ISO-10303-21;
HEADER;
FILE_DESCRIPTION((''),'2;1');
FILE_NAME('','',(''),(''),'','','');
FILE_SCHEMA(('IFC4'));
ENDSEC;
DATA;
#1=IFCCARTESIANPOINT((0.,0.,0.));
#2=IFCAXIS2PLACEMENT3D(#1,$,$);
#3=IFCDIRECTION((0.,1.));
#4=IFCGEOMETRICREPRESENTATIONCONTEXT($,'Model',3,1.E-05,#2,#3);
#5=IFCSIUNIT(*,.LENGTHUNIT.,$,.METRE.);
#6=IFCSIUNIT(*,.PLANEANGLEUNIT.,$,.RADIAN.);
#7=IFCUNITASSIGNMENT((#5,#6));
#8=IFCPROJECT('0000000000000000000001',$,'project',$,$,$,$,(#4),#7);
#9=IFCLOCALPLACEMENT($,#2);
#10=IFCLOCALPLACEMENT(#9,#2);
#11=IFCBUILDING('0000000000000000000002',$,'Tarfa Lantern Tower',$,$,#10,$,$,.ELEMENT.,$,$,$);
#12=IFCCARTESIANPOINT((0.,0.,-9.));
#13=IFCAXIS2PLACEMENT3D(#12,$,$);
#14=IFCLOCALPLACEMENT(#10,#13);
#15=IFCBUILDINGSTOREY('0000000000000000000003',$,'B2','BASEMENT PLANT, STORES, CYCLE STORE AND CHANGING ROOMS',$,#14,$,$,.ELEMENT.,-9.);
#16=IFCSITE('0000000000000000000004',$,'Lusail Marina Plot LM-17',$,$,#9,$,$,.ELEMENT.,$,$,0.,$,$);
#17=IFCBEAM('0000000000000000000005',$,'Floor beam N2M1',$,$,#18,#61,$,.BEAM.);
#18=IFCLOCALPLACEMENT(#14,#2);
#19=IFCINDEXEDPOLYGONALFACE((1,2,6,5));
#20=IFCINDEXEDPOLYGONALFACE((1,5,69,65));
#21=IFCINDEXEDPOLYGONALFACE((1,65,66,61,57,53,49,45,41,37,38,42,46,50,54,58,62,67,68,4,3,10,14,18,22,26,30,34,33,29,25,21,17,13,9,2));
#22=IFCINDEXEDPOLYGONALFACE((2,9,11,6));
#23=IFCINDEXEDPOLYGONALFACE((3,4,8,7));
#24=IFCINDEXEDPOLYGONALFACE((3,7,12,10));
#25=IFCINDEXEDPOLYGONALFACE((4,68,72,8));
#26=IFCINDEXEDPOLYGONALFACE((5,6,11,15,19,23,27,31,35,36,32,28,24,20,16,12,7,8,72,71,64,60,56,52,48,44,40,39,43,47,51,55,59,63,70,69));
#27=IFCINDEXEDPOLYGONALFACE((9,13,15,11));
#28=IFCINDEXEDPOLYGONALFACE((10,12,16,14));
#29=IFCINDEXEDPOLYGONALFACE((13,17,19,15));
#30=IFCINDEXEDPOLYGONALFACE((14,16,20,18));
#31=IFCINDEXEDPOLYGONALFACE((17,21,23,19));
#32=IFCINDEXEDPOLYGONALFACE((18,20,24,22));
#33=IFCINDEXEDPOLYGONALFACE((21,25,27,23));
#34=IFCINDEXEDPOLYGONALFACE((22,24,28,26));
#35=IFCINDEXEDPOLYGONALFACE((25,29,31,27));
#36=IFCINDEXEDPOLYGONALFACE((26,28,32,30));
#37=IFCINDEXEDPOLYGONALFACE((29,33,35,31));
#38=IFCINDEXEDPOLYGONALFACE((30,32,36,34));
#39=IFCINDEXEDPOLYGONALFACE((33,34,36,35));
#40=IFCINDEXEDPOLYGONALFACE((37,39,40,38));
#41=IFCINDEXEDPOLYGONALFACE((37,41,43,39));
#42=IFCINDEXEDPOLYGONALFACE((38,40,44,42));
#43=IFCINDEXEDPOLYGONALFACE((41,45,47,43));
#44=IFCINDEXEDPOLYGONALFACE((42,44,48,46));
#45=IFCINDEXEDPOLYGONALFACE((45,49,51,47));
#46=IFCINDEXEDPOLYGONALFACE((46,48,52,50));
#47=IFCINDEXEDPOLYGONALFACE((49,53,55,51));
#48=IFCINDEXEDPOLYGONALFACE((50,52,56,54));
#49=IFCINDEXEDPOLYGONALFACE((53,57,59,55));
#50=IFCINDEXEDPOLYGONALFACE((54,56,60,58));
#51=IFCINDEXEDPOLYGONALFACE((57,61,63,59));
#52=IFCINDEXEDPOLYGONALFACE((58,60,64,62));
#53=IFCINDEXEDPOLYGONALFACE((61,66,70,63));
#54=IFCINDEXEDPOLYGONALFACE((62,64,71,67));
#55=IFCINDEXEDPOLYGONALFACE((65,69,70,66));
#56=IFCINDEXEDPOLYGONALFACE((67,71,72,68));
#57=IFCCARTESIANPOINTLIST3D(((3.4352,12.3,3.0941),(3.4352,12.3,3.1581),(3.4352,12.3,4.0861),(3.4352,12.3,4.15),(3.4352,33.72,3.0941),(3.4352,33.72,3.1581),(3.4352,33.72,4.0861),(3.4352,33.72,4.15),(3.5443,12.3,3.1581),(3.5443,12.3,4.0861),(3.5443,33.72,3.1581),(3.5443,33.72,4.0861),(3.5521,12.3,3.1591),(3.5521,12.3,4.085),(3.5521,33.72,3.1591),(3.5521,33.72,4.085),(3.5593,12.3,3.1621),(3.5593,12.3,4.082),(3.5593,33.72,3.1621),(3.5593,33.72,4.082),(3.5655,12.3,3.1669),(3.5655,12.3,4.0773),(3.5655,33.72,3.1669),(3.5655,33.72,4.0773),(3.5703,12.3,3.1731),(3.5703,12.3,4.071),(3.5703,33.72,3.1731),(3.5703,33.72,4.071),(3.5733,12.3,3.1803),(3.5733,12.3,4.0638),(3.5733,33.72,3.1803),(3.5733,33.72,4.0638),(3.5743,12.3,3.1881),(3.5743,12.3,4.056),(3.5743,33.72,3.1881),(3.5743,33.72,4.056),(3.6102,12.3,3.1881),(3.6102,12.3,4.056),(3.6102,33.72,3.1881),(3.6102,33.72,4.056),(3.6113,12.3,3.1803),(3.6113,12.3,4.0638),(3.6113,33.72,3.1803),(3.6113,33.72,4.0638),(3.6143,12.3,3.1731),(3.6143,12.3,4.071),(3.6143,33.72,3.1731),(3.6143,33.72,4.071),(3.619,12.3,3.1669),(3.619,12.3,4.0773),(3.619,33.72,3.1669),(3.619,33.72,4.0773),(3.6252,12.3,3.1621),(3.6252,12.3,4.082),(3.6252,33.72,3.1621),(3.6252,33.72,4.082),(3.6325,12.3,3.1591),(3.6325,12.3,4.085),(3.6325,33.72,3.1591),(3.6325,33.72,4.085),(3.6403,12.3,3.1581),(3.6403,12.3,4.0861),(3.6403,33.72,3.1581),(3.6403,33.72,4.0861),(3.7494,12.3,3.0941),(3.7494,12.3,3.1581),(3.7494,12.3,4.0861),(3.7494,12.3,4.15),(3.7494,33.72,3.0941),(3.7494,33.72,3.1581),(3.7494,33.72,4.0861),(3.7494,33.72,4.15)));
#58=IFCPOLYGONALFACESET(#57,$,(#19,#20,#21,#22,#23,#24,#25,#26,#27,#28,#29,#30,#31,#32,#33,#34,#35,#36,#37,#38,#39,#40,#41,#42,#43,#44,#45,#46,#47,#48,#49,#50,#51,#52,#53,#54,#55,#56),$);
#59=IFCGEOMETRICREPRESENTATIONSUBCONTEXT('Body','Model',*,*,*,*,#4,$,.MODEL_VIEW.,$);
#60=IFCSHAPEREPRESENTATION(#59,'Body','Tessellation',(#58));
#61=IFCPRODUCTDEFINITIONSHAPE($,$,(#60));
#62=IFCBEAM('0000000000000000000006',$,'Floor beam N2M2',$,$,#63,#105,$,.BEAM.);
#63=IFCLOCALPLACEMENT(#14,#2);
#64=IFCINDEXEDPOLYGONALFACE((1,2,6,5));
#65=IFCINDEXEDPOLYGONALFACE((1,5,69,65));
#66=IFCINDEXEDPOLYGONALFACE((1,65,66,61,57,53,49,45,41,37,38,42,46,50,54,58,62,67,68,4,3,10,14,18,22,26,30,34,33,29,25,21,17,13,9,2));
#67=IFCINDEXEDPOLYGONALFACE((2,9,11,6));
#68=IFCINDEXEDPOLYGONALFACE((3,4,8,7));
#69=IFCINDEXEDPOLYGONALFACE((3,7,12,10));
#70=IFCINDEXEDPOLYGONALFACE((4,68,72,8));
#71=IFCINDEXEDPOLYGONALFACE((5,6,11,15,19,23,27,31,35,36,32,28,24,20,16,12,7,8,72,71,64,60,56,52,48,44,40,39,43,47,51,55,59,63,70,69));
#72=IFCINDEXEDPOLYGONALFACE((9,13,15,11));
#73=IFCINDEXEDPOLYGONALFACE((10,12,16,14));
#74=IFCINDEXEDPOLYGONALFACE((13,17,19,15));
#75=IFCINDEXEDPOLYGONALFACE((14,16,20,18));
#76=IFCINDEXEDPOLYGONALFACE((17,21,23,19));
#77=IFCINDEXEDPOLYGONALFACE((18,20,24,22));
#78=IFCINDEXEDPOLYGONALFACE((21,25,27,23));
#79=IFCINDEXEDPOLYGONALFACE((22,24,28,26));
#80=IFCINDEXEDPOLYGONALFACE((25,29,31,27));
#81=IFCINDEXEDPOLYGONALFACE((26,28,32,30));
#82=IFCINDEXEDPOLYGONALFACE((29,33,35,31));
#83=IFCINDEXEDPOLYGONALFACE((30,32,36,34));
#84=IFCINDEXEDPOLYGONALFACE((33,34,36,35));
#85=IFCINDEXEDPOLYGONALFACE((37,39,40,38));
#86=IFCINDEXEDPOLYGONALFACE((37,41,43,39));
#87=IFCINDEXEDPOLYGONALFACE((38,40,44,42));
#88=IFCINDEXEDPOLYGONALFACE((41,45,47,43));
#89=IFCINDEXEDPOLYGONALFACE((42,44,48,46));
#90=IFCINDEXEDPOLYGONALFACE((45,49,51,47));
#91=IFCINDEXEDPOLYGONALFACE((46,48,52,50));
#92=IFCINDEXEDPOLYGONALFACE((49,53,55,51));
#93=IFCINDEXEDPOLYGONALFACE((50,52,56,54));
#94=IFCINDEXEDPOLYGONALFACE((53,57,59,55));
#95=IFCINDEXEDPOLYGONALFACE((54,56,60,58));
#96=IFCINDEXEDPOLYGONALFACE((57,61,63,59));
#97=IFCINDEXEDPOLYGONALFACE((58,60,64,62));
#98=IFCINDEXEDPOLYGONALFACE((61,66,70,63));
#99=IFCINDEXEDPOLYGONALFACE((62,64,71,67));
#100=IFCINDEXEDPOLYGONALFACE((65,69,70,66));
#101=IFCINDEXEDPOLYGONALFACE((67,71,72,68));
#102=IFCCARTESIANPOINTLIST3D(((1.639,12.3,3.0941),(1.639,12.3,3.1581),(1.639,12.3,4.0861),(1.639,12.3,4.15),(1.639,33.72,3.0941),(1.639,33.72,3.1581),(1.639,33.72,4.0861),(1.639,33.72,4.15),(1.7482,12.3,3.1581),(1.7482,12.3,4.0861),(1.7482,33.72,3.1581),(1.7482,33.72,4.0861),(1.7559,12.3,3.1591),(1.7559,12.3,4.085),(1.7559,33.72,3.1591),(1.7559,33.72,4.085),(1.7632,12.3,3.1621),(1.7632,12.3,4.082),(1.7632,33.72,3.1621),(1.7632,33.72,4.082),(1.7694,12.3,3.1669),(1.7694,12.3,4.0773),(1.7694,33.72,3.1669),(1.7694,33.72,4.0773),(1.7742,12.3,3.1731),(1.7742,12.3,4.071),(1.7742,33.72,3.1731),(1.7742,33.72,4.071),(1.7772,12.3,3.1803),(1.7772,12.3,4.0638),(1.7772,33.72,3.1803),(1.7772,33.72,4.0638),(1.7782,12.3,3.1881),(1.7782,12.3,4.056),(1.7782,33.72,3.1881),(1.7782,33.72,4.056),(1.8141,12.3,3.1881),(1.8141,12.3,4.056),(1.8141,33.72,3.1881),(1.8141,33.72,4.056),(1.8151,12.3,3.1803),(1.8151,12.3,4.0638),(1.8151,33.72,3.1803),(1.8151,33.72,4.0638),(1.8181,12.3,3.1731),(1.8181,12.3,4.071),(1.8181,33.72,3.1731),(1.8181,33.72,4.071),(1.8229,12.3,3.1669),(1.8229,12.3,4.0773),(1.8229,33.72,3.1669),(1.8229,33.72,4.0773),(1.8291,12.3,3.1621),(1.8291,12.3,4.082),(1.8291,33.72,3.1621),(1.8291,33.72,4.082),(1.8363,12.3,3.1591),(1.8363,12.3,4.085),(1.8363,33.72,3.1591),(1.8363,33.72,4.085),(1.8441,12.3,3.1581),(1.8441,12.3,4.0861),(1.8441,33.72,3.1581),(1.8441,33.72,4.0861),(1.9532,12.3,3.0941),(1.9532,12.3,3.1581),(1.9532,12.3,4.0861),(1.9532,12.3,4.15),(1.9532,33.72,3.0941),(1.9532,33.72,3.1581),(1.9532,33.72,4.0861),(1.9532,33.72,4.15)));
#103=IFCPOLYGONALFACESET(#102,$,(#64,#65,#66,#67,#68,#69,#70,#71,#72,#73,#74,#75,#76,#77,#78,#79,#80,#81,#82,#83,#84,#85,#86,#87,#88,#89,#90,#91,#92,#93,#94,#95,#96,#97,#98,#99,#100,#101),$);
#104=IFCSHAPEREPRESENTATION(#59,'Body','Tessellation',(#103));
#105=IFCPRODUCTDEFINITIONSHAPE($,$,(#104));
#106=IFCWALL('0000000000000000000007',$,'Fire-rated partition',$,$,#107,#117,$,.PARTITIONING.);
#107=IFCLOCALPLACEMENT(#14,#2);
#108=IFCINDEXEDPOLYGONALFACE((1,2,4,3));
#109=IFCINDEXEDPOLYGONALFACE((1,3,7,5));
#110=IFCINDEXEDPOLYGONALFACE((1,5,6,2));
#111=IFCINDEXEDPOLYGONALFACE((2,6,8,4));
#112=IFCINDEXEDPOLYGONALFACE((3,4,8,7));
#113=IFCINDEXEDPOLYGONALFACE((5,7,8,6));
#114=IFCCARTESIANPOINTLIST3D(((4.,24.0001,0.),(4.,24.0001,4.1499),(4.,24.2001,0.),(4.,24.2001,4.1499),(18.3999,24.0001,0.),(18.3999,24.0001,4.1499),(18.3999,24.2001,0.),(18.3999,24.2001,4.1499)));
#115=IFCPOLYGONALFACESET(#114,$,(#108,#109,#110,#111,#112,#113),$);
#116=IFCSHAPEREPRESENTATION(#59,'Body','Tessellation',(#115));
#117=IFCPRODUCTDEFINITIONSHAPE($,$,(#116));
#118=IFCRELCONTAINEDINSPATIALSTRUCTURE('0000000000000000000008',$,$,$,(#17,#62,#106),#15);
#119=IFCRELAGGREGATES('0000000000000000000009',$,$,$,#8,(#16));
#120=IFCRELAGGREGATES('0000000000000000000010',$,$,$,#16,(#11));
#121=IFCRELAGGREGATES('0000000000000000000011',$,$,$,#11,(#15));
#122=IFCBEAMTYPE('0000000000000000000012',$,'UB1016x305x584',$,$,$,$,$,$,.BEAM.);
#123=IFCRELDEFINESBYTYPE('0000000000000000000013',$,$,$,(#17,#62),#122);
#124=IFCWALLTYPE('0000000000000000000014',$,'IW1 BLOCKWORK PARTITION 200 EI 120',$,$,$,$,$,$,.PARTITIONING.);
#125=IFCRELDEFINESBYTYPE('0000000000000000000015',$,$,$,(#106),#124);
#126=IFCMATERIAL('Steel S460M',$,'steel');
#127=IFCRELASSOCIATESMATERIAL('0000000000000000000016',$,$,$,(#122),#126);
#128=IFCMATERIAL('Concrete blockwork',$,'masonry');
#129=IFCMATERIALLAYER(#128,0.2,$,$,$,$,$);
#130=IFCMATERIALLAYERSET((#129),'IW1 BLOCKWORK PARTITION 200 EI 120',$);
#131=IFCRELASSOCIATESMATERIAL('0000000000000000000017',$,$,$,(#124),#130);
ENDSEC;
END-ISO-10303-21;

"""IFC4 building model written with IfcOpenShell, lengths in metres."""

from ifc_helpers import new_model, si_unit, direction, frame, frame_2d, origin, origin_2d, place, context, subcontext, project, spatial, rectangle, i_section, extrude, material, layer, layer_set, material_profile, profile_set, type_object, element, save


model = new_model("IFC4")

# Units and contexts
model_context = context("Model", 3, precision=1e-05, world=origin(), true_north=direction((0.0, 1.0)))
body_context = subcontext(model_context, "Body", "Model", "MODEL_VIEW")
ifc_project = project(units=[si_unit("LENGTHUNIT", "METRE"), si_unit("PLANEANGLEUNIT", "RADIAN")], contexts=[model_context])

# Site, building, storey
site_placement = place(None, origin())
site = spatial("IfcSite", under=ifc_project, at=site_placement, Name="Lusail Marina Plot LM-17", CompositionType="ELEMENT", RefElevation=0.0)
building_placement = place(site_placement, origin())
building = spatial("IfcBuilding", under=site, at=building_placement, Name="Tarfa Lantern Tower", CompositionType="ELEMENT")
storey_placement = place(building_placement, frame((0.0, 0.0, -9.0)))
storey = spatial("IfcBuildingStorey", under=building, at=storey_placement, Name="B2", Description="BASEMENT PLANT, STORES, CYCLE STORE AND CHANGING ROOMS", CompositionType="ELEMENT", Elevation=-9.0)

# Beams
ifc_material_1 = material(Name="Steel S460M", Category="steel")
ifc_material_profile_1 = material_profile(ifc_material_1, i_section(OverallWidth=0.3142, OverallDepth=1.0559, WebThickness=0.0359, FlangeThickness=0.064, FilletRadius=0.03, at=origin_2d()), Name="UB1016x305x584")
ifc_profile_set_1 = profile_set([ifc_material_profile_1], Name="Steel S460M")
beam_type_1 = type_object("IfcBeamType", Name="UB1016x305x584", PredefinedType="BEAM", material=ifc_profile_set_1)
for number, where, z_axis, x_axis, name in (
    (1, (3.5923, 33.72, 3.6221), (0.0, -1.0, 0.0), (1.0, 0.0, 0.0), "Floor beam N2M1"),
    (2, (1.7961, 33.72, 3.6221), (0.0, -1.0, 0.0), (1.0, 0.0, 0.0), "Floor beam N2M2"),
):
    element("IfcBeam", number, at=place(storey_placement, frame(where, z_axis=z_axis, x_axis=x_axis)), inside=storey, type_object=beam_type_1, Name=name, PredefinedType="BEAM", context=body_context, shape_type="SweptSolid", body=[
        extrude(i_section(OverallWidth=0.3142, OverallDepth=1.0559, WebThickness=0.0359, FlangeThickness=0.064, FilletRadius=0.03, at=origin_2d()), origin(), (0.0, 0.0, 1.0), 21.4199),
    ])

# Wall
ifc_material_2 = material(Name="Concrete blockwork", Category="masonry")
ifc_layer = layer(ifc_material_2, 0.2)
ifc_layer_set = layer_set([ifc_layer], Name="IW1 BLOCKWORK PARTITION 200 EI 120")
wall_type = type_object("IfcWallType", Name="IW1 BLOCKWORK PARTITION 200 EI 120", PredefinedType="PARTITIONING", material=ifc_layer_set)
wall_placement = place(storey_placement, frame((4.0, 24.1001, 0.0), z_axis=(0.0, 0.0, 1.0), x_axis=(1.0, 0.0, 0.0)))
element("IfcWall", 3, at=wall_placement, inside=storey, type_object=wall_type, Name="Fire-rated partition", PredefinedType="PARTITIONING", context=body_context, shape_type="SweptSolid", body=[
    extrude(rectangle(XDim=14.3999, YDim=0.2, at=frame_2d((7.2, 0.0))), origin(), (0.0, 0.0, 1.0), 4.1499),
])

save(model, "model.ifc")
